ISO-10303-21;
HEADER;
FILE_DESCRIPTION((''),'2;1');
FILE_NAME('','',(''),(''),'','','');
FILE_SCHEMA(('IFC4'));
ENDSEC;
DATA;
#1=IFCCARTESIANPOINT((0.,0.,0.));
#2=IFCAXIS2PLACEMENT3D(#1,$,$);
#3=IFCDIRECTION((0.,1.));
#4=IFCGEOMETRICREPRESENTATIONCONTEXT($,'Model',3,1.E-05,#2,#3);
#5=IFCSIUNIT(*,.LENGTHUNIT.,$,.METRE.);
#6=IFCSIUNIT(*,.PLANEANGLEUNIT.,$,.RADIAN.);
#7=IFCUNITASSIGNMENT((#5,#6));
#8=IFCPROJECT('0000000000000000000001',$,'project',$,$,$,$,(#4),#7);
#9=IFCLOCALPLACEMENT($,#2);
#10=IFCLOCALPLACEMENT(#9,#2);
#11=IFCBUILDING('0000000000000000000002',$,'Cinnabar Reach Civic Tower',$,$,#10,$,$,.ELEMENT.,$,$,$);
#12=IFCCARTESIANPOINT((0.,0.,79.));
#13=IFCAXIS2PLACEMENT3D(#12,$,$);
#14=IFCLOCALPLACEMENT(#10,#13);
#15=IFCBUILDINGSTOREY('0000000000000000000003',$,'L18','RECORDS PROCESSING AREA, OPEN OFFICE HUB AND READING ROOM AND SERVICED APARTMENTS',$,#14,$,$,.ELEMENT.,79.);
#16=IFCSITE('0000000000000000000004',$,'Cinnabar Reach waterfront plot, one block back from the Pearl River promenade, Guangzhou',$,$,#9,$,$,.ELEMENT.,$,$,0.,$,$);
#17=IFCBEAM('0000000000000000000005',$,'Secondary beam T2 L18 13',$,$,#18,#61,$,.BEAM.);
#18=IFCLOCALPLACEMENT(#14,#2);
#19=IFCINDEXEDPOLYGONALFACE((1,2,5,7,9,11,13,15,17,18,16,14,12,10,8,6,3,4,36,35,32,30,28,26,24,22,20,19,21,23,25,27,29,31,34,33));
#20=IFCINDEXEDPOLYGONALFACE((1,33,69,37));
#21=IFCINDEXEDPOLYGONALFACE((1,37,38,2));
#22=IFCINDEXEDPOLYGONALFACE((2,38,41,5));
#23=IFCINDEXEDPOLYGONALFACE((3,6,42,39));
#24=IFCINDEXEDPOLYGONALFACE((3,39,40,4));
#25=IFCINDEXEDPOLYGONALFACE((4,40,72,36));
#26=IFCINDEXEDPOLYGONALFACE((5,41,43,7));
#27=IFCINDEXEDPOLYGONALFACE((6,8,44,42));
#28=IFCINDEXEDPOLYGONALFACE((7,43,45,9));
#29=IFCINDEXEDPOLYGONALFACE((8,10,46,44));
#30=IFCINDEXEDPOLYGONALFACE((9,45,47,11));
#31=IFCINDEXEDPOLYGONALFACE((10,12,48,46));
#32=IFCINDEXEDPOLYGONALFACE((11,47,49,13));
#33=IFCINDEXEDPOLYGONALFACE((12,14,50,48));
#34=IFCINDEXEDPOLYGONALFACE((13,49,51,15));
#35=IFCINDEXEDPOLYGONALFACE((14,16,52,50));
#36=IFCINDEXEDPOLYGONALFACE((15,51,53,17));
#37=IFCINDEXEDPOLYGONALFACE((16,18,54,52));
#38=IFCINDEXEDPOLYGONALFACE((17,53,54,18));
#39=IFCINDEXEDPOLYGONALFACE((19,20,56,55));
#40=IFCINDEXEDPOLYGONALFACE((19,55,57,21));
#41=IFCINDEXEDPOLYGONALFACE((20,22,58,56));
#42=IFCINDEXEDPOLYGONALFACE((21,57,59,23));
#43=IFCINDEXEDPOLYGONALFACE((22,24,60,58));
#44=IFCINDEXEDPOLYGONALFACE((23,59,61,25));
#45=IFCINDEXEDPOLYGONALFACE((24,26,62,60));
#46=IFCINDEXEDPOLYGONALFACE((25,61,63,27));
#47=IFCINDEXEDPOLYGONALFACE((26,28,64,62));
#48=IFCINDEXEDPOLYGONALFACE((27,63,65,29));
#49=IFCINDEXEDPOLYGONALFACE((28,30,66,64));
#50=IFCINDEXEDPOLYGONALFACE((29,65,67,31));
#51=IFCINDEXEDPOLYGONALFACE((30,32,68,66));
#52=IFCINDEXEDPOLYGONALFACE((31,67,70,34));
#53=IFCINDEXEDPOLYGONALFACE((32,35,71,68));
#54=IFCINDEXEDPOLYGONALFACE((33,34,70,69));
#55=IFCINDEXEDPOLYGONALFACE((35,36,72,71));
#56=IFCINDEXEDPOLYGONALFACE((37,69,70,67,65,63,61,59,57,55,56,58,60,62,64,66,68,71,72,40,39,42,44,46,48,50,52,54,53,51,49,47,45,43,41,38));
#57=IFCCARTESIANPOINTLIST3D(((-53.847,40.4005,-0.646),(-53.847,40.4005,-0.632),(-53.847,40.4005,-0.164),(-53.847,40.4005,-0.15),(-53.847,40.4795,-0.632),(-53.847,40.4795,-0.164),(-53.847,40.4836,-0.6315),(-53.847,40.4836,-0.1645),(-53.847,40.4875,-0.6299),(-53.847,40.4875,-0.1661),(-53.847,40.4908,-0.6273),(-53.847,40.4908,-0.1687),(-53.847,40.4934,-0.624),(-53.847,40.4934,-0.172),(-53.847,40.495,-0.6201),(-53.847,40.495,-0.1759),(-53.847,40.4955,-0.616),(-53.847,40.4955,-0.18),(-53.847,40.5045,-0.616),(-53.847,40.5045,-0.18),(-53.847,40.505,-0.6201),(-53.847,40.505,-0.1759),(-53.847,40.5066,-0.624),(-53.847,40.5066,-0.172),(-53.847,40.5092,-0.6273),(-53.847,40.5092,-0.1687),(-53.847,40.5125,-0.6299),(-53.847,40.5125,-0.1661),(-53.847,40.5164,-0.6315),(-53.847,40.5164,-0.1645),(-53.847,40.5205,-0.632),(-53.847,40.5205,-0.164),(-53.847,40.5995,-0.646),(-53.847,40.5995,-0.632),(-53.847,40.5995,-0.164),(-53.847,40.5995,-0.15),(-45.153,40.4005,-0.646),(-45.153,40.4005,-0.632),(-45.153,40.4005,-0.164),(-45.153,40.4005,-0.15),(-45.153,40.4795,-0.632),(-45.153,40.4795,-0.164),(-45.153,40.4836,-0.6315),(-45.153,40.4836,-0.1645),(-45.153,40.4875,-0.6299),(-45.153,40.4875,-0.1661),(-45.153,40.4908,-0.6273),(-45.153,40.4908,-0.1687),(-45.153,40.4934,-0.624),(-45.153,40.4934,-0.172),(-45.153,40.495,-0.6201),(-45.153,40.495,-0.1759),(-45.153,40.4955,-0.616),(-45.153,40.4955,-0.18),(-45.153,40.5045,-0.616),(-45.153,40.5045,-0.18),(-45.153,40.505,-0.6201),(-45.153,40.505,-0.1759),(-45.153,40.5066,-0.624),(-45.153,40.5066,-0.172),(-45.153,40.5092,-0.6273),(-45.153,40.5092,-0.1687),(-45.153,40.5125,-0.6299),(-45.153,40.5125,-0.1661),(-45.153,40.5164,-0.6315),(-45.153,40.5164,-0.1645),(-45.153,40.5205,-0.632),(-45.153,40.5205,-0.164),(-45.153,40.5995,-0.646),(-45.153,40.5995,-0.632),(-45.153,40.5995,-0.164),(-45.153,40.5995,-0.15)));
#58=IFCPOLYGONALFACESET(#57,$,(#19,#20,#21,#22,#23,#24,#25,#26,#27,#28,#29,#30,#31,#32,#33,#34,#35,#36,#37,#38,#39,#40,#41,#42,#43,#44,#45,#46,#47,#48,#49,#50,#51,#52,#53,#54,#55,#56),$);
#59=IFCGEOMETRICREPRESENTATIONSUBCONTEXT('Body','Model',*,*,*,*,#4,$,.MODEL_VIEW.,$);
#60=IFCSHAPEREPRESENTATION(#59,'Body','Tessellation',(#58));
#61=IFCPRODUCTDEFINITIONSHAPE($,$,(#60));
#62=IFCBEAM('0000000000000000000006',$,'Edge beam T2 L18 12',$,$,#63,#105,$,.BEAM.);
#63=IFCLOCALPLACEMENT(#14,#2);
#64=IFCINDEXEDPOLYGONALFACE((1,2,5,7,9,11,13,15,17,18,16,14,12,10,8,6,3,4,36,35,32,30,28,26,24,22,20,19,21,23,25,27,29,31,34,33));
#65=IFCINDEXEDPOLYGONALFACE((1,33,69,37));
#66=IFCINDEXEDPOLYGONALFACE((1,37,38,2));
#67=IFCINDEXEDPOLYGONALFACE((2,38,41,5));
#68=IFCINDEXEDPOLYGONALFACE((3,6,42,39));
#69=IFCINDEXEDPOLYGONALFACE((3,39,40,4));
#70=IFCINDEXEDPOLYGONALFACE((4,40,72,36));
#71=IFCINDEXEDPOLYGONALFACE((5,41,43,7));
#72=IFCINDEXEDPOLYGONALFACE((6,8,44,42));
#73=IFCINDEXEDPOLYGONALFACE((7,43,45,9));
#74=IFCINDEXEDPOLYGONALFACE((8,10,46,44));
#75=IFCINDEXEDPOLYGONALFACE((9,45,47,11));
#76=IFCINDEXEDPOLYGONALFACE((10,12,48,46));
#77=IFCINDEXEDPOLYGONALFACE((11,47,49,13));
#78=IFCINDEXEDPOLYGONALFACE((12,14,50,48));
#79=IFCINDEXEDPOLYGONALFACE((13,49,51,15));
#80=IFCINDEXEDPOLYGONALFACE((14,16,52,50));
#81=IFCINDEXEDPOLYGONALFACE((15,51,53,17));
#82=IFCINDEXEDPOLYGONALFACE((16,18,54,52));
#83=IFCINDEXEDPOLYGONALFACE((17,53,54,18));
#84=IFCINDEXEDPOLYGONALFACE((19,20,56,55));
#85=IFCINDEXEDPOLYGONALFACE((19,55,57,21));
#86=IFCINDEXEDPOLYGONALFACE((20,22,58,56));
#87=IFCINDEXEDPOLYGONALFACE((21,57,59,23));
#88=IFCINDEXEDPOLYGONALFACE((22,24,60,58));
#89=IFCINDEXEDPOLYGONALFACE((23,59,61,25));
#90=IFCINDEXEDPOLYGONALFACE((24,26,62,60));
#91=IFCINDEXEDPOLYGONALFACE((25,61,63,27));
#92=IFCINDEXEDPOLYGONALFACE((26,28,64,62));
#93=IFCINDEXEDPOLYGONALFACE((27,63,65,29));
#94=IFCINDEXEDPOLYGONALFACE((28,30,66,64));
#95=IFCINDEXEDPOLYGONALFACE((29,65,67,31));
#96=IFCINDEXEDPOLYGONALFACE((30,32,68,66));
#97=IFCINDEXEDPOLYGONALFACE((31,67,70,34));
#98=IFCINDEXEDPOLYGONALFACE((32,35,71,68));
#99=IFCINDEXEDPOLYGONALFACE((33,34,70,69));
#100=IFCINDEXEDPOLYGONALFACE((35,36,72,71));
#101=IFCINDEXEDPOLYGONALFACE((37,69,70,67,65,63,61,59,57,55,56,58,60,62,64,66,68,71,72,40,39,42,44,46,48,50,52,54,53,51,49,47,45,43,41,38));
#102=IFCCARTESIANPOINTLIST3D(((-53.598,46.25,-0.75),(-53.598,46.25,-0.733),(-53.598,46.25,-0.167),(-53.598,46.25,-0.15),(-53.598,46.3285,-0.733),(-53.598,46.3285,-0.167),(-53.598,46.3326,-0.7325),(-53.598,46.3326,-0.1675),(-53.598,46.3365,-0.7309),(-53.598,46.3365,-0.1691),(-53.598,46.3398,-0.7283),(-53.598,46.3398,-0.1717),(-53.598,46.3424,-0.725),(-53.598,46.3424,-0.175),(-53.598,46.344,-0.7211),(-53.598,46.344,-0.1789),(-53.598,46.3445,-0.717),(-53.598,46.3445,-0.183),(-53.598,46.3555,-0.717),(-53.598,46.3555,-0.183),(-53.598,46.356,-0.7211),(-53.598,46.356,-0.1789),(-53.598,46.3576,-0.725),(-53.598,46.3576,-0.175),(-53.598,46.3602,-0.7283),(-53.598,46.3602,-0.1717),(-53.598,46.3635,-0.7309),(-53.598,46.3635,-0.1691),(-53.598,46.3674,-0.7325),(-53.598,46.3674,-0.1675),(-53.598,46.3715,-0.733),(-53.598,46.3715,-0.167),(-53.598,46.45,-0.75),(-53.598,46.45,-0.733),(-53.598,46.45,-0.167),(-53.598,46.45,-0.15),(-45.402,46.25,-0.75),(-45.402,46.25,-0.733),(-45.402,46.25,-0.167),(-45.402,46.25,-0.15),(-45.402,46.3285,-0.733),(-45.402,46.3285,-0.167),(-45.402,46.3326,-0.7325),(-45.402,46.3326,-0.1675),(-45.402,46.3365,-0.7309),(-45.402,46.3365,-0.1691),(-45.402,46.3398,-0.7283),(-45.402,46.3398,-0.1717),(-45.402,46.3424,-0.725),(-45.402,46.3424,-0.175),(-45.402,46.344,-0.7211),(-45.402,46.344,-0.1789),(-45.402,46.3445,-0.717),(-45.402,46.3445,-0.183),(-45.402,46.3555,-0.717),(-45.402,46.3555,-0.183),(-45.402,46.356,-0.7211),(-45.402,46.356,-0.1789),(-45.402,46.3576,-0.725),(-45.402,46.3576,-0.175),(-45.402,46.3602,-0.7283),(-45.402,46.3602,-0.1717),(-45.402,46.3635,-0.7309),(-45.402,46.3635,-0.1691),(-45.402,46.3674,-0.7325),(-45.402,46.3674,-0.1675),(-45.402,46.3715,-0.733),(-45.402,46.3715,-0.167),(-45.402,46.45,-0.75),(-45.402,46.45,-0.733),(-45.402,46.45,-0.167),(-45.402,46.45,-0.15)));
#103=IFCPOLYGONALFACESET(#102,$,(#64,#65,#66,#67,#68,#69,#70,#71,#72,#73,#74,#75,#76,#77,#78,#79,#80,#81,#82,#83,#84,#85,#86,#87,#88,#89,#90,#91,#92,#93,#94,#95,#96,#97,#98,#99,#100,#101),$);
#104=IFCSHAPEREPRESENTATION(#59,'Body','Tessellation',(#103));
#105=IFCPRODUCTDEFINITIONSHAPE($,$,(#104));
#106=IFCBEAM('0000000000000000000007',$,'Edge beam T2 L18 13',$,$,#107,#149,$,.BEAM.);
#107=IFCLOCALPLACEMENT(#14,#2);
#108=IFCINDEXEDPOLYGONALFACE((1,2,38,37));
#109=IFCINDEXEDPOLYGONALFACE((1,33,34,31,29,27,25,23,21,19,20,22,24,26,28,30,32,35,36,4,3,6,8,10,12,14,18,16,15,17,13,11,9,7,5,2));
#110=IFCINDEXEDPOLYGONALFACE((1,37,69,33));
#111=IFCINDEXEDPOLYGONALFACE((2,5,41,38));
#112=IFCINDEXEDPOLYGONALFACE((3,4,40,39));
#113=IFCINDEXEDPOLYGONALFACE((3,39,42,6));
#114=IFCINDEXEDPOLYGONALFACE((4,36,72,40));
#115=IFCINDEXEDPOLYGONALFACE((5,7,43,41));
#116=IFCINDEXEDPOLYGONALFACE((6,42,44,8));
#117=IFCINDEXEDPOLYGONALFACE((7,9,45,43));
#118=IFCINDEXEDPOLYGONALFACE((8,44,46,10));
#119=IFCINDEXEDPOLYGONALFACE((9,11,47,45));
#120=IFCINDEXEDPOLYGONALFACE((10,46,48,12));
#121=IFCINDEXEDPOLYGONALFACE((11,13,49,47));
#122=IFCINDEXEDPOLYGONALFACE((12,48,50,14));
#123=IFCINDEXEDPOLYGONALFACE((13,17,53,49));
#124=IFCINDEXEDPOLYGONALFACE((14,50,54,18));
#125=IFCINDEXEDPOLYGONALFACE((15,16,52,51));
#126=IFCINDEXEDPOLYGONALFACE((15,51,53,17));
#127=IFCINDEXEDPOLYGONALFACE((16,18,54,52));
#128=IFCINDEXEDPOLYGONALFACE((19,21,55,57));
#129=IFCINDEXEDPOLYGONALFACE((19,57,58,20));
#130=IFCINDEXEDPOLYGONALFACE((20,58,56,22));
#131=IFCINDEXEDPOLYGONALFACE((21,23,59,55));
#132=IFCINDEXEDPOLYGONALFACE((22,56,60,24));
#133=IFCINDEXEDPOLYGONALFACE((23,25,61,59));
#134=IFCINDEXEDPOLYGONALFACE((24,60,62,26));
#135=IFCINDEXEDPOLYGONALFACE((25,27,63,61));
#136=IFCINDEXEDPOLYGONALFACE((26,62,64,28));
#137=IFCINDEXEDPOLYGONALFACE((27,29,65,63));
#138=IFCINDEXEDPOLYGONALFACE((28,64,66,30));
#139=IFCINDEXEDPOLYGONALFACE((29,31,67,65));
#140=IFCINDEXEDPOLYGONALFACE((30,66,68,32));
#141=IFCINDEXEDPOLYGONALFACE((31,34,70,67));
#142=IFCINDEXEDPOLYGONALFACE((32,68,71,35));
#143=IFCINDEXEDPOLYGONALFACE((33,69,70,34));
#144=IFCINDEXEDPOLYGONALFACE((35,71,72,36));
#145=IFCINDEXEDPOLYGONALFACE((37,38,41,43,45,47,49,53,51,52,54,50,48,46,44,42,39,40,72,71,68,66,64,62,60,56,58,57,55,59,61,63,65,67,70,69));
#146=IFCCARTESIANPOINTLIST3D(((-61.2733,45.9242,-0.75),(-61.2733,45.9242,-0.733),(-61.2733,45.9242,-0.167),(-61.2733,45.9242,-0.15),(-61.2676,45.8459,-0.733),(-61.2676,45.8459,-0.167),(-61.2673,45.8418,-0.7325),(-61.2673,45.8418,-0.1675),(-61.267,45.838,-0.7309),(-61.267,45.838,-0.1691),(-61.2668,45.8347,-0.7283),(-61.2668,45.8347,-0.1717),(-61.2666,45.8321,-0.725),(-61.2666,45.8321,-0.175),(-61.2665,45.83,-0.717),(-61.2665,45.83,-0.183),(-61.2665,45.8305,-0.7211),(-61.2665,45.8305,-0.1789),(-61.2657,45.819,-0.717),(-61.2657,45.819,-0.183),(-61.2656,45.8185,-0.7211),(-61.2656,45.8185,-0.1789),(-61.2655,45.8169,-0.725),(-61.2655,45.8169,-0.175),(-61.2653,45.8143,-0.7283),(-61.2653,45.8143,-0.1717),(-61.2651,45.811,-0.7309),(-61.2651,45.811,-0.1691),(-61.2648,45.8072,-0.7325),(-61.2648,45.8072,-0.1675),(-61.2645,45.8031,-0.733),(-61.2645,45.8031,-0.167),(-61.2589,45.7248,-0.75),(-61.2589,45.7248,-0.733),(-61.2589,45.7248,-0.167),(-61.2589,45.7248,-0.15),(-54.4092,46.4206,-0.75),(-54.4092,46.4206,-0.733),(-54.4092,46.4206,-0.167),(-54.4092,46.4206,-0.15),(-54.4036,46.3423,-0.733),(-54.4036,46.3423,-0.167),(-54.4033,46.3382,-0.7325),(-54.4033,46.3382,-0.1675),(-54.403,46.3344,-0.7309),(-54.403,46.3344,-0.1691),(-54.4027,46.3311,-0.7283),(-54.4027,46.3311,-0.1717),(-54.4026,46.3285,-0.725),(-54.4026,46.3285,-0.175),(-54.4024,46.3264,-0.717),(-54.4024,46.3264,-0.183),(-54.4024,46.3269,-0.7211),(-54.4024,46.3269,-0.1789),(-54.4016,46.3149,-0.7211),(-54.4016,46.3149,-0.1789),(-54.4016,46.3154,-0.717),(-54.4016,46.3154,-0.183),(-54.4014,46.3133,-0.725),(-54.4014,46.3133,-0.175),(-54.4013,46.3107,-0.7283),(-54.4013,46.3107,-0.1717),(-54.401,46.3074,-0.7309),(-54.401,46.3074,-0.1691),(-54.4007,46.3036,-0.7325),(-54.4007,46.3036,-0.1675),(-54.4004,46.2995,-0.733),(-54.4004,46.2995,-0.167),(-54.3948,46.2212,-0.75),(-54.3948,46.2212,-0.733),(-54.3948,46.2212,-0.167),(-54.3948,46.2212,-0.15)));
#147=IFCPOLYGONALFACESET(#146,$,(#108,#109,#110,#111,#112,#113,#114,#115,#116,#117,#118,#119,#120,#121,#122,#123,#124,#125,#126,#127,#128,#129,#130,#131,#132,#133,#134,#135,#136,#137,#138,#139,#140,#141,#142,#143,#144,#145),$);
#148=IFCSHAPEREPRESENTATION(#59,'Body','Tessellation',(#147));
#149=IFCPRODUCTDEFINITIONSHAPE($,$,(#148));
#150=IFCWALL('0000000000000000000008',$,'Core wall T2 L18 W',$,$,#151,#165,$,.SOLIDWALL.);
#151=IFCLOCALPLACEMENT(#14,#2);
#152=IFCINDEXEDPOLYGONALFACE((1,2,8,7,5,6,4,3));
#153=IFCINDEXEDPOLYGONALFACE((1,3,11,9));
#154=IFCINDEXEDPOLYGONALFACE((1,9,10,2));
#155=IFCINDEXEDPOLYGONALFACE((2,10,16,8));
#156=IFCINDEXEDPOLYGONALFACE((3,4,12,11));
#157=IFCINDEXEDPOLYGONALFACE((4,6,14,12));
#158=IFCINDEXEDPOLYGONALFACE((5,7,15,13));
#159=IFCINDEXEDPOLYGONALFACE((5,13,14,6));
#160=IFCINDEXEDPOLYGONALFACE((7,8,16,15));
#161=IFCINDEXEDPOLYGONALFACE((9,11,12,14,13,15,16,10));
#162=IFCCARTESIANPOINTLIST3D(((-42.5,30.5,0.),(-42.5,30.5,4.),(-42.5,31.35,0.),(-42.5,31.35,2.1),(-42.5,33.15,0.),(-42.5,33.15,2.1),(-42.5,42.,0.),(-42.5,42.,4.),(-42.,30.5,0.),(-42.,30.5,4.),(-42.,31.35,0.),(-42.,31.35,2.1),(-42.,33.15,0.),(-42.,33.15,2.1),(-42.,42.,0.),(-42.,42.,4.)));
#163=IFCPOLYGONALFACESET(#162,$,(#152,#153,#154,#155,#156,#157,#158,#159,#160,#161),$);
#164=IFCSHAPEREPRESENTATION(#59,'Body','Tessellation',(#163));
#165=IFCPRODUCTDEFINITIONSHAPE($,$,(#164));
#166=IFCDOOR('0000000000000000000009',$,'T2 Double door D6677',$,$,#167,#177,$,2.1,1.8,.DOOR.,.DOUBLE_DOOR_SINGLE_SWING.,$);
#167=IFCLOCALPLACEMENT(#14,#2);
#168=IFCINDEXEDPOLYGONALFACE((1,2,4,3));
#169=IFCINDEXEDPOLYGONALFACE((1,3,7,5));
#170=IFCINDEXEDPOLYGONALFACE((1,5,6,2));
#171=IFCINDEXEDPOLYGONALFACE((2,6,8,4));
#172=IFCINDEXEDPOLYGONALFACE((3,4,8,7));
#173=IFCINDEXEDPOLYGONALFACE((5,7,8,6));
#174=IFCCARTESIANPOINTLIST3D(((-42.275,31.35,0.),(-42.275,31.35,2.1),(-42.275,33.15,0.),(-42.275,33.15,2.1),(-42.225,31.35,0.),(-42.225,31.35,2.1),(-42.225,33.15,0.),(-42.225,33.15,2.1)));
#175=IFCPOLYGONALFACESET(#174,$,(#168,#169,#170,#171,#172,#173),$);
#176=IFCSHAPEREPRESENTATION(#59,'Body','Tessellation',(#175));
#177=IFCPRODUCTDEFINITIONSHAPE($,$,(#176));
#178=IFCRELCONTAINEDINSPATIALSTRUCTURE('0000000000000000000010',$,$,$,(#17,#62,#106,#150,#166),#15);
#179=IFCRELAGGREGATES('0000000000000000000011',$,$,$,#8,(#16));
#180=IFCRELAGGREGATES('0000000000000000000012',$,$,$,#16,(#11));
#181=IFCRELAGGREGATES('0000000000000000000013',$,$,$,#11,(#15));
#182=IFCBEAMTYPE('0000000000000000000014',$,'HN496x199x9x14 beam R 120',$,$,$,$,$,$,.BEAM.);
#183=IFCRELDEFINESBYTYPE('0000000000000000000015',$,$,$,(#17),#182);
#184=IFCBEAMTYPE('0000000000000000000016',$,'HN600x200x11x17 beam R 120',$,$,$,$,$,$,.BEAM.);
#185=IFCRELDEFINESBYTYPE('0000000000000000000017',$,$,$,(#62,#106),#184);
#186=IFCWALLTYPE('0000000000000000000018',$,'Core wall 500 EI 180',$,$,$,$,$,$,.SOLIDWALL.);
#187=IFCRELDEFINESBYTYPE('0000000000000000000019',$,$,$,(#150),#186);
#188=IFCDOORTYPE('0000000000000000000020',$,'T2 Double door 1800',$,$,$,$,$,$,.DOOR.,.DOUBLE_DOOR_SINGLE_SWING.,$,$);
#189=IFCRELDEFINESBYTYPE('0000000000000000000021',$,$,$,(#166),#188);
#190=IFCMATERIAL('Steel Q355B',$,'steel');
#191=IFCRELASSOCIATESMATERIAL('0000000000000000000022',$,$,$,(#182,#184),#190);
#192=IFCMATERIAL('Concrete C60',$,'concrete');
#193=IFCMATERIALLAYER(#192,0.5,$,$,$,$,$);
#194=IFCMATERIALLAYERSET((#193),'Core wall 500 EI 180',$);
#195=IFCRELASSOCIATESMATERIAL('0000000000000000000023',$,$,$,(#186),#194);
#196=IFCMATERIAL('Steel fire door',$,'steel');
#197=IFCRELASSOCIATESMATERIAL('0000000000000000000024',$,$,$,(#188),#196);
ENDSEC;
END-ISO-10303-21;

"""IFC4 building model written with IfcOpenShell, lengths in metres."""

from ifc_helpers import new_model, si_unit, direction, frame, frame_2d, origin, origin_2d, place, context, subcontext, project, spatial, rectangle, i_section, extrude, material, layer, layer_set, material_profile, profile_set, type_object, element, fill, save


model = new_model("IFC4")

# Units and contexts
model_context = context("Model", 3, precision=1e-05, world=origin(), true_north=direction((0.0, 1.0)))
body_context = subcontext(model_context, "Body", "Model", "MODEL_VIEW")
ifc_project = project(units=[si_unit("LENGTHUNIT", "METRE"), si_unit("PLANEANGLEUNIT", "RADIAN")], contexts=[model_context])

# Site, building, storey
site_placement = place(None, origin())
site = spatial("IfcSite", under=ifc_project, at=site_placement, Name="Cinnabar Reach waterfront plot, one block back from the Pearl River promenade, Guangzhou", CompositionType="ELEMENT", RefElevation=0.0)
building_placement = place(site_placement, origin())
building = spatial("IfcBuilding", under=site, at=building_placement, Name="Cinnabar Reach Civic Tower", CompositionType="ELEMENT")
storey_placement = place(building_placement, frame((0.0, 0.0, 79.0)))
storey = spatial("IfcBuildingStorey", under=building, at=storey_placement, Name="L18", Description="RECORDS PROCESSING AREA, OPEN OFFICE HUB AND READING ROOM AND SERVICED APARTMENTS", CompositionType="ELEMENT", Elevation=79.0)

# Shared definitions
ifc_material_1 = material(Name="Concrete C60", Category="concrete")

# Beams
ifc_material_2 = material(Name="Steel Q355B", Category="steel")
ifc_material_profile_1 = material_profile(ifc_material_2, i_section(OverallWidth=0.199, OverallDepth=0.496, WebThickness=0.009, FlangeThickness=0.014, FilletRadius=0.016, at=origin_2d()), Name="HN496x199x9x14")
ifc_profile_set_1 = profile_set([ifc_material_profile_1], Name="Steel Q355B")
beam_type_1 = type_object("IfcBeamType", Name="HN496x199x9x14 beam R 120", PredefinedType="BEAM", material=ifc_profile_set_1)
beam_1_placement = place(storey_placement, frame((-53.847, 40.5, -0.398), z_axis=(1.0, 0.0, 0.0), x_axis=(0.0, 1.0, 0.0)))
element("IfcBeam", 1, at=beam_1_placement, inside=storey, type_object=beam_type_1, Name="Secondary beam T2 L18 13", PredefinedType="BEAM", context=body_context, shape_type="SweptSolid", body=[
    extrude(i_section(OverallWidth=0.199, OverallDepth=0.496, WebThickness=0.009, FlangeThickness=0.014, FilletRadius=0.016, at=origin_2d()), origin(), (0.0, 0.0, 1.0), 8.694),
])
ifc_material_profile_2 = material_profile(ifc_material_2, i_section(OverallWidth=0.2, OverallDepth=0.6, WebThickness=0.011, FlangeThickness=0.017, FilletRadius=0.016, at=origin_2d()), Name="HN600x200x11x17")
ifc_profile_set_2 = profile_set([ifc_material_profile_2], Name="Steel Q355B")
beam_type_2 = type_object("IfcBeamType", Name="HN600x200x11x17 beam R 120", PredefinedType="BEAM", material=ifc_profile_set_2)
beam_2_placement = place(storey_placement, frame((-45.402, 46.35, -0.45), z_axis=(-1.0, 0.0, 0.0), x_axis=(0.0, -1.0, 0.0)))
element("IfcBeam", 2, at=beam_2_placement, inside=storey, type_object=beam_type_2, Name="Edge beam T2 L18 12", PredefinedType="BEAM", context=body_context, shape_type="SweptSolid", body=[
    extrude(i_section(OverallWidth=0.2, OverallDepth=0.6, WebThickness=0.011, FlangeThickness=0.017, FilletRadius=0.016, at=origin_2d()), origin(), (0.0, 0.0, 1.0), 8.196),
])
beam_3_placement = place(storey_placement, frame((-54.402, 46.3209, -0.45), z_axis=(-0.997395, -0.07213, 0.0), x_axis=(0.07213, -0.997395, 0.0)))
element("IfcBeam", 3, at=beam_3_placement, inside=storey, type_object=beam_type_2, Name="Edge beam T2 L18 13", PredefinedType="BEAM", context=body_context, shape_type="SweptSolid", body=[
    extrude(i_section(OverallWidth=0.2, OverallDepth=0.6, WebThickness=0.011, FlangeThickness=0.017, FilletRadius=0.016, at=origin_2d()), origin(), (0.0, 0.0, 1.0), 6.882),
])

# Wall, opening, door
ifc_layer_1 = layer(ifc_material_1, 0.5)
ifc_layer_set_1 = layer_set([ifc_layer_1], Name="Core wall 500 EI 180")
wall_type_1 = type_object("IfcWallType", Name="Core wall 500 EI 180", PredefinedType="SOLIDWALL", material=ifc_layer_set_1)
wall_1_placement = place(storey_placement, frame((-42.25, 42.0, 0.0), z_axis=(0.0, 0.0, 1.0), x_axis=(0.0, -1.0, 0.0)))
wall_1 = element("IfcWall", 4, at=wall_1_placement, inside=storey, type_object=wall_type_1, Name="Core wall T2 L18 W", PredefinedType="SOLIDWALL", context=body_context, shape_type="SweptSolid", body=[
    extrude(rectangle(XDim=11.5, YDim=0.5, at=frame_2d((5.75, 0.0))), origin(), (0.0, 0.0, 1.0), 4.0),
])
opening_1_placement = place(wall_1_placement, frame((8.85, 0.0, 0.0)))
opening_1 = element("IfcOpeningElement", 5, at=opening_1_placement, cuts=wall_1, PredefinedType="OPENING", context=body_context, shape_type="SweptSolid", body=[
    extrude(rectangle(XDim=1.8, YDim=2.1, at=frame_2d((0.9, 1.05))), frame((0.0, 0.26, 0.0), z_axis=(0.0, -1.0, 0.0), x_axis=(1.0, 0.0, 0.0)), (0.0, 0.0, 1.0), 0.52),
])
ifc_material_3 = material(Name="Steel fire door", Category="steel")
door_type_1 = type_object("IfcDoorType", Name="T2 Double door 1800", OperationType="DOUBLE_DOOR_SINGLE_SWING", PredefinedType="DOOR", material=ifc_material_3)
door_1_placement = place(opening_1_placement, frame((1.8, 0.0, 0.0), z_axis=(0.0, 0.0, 1.0), x_axis=(-1.0, 0.0, 0.0)))
door_1 = element("IfcDoor", 6, at=door_1_placement, inside=storey, type_object=door_type_1, Name="T2 Double door D6677", OperationType="DOUBLE_DOOR_SINGLE_SWING", OverallHeight=2.1, OverallWidth=1.8, PredefinedType="DOOR", context=body_context, shape_type="SweptSolid", body=[
    extrude(rectangle(XDim=1.8, YDim=2.1, at=frame_2d((0.9, 1.05))), frame((0.0, 0.025, 0.0), z_axis=(0.0, -1.0, 0.0), x_axis=(1.0, 0.0, 0.0)), (0.0, 0.0, 1.0), 0.05),
])
fill(opening_1, door_1)

save(model, "model.ifc")
